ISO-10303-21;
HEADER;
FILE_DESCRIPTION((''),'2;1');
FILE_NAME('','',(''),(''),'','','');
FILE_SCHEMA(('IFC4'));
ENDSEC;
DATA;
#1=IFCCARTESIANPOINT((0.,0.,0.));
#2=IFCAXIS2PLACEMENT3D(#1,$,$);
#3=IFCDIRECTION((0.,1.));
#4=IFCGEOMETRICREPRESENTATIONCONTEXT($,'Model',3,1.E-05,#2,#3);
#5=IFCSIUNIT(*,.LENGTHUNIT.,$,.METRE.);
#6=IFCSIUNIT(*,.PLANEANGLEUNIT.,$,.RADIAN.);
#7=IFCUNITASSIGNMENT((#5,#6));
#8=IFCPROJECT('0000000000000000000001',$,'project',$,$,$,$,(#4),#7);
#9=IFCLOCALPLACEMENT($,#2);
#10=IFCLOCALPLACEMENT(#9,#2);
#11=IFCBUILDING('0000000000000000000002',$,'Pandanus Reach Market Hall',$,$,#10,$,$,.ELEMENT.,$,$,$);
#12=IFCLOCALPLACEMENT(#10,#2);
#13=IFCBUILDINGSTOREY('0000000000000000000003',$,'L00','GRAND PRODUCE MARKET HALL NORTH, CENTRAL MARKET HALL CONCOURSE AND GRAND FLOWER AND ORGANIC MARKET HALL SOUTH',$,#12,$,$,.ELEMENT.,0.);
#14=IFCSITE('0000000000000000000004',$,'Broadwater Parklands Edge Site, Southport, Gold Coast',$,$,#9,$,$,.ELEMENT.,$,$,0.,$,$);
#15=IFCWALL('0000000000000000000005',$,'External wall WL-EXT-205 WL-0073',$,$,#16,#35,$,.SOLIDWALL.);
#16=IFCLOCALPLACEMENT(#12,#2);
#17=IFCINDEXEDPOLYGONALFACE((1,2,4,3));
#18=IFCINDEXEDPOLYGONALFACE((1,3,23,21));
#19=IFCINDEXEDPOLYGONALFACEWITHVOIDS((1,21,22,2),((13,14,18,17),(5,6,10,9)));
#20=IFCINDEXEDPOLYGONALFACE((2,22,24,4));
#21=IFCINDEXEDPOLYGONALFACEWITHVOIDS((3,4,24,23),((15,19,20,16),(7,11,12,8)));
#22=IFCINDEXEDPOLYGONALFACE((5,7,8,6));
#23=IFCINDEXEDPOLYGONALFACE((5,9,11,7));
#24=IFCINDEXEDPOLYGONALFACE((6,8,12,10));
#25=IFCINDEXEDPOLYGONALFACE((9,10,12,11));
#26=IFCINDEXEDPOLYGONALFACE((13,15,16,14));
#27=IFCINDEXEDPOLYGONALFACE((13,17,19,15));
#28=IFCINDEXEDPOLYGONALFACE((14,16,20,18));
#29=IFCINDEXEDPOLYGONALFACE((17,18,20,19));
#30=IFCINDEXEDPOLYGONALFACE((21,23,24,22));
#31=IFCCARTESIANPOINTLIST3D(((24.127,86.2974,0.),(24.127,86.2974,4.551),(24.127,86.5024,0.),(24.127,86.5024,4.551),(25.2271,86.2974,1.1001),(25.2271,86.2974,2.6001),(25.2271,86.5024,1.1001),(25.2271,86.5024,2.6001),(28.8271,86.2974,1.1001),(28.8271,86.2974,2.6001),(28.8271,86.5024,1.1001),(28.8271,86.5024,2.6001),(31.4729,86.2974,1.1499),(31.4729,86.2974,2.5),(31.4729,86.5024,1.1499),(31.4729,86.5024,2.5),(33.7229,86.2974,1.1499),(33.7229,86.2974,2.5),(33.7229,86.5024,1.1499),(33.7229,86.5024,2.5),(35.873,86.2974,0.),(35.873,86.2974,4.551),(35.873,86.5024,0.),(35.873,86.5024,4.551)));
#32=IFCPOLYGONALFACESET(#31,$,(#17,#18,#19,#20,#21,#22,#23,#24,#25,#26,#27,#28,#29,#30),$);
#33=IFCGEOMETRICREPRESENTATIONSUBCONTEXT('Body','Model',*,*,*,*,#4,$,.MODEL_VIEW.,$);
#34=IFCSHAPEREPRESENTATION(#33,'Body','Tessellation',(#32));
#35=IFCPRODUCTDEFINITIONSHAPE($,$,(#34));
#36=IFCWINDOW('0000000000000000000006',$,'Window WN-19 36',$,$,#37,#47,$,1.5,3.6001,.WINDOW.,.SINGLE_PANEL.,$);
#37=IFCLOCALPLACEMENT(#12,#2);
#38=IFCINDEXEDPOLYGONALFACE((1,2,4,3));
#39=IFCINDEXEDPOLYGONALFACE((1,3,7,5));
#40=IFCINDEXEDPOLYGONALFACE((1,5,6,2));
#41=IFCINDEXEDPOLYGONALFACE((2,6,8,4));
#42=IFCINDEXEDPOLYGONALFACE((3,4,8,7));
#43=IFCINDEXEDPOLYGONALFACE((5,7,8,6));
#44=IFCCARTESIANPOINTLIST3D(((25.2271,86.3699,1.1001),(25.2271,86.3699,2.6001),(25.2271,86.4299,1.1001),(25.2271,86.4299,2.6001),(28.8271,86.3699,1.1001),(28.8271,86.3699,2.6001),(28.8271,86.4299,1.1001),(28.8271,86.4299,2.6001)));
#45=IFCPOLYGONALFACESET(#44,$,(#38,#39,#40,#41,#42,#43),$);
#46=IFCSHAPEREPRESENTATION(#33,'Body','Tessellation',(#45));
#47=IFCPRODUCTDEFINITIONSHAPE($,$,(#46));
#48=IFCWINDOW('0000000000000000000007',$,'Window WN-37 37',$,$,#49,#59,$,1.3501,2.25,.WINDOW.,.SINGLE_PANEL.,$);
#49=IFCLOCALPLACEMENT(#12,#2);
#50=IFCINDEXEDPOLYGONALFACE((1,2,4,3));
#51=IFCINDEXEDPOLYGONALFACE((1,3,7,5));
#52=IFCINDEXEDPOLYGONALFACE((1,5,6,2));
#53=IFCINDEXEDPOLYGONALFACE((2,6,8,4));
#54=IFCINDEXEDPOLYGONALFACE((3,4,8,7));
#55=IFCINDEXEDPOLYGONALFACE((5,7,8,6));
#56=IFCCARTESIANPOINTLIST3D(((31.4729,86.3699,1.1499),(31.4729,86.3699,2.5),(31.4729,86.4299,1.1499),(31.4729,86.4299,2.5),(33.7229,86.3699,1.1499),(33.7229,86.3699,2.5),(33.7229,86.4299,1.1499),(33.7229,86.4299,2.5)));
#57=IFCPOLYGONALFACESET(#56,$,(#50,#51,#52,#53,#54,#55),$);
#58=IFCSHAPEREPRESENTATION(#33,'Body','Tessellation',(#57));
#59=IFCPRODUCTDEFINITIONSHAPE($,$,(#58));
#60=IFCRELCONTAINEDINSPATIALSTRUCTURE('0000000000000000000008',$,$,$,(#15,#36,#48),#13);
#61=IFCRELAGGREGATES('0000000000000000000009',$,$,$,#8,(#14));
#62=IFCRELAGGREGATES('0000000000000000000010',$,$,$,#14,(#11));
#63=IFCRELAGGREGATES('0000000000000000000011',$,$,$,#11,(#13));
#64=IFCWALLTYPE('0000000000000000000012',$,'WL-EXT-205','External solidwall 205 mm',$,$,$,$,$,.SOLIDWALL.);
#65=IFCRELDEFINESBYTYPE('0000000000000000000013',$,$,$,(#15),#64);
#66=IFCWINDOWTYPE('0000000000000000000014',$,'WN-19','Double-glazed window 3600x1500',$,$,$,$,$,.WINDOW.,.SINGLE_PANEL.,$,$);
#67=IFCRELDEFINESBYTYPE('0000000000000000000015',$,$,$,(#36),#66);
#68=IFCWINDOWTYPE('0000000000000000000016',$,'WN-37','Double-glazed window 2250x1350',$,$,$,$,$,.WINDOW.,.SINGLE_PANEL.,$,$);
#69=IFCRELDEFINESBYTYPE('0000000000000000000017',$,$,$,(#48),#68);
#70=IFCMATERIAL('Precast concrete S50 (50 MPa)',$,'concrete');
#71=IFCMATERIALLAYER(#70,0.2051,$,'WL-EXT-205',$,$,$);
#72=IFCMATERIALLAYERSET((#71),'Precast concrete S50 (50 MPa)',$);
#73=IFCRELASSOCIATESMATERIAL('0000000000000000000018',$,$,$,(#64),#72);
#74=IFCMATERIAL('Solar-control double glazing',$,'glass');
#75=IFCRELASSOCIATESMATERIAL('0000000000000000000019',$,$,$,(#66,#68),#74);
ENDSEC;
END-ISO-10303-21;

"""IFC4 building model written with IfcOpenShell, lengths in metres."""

from ifc_helpers import new_model, si_unit, direction, frame, frame_2d, origin, place, context, subcontext, project, spatial, rectangle, extrude, material, layer, layer_set, type_object, element, fill, save


model = new_model("IFC4")

# Units and contexts
model_context = context("Model", 3, precision=1e-05, world=origin(), true_north=direction((0.0, 1.0)))
body_context = subcontext(model_context, "Body", "Model", "MODEL_VIEW")
ifc_project = project(units=[si_unit("LENGTHUNIT", "METRE"), si_unit("PLANEANGLEUNIT", "RADIAN")], contexts=[model_context])

# Site, building, storey
site_placement = place(None, origin())
site = spatial("IfcSite", under=ifc_project, at=site_placement, Name="Broadwater Parklands Edge Site, Southport, Gold Coast", CompositionType="ELEMENT", RefElevation=0.0)
building_placement = place(site_placement, origin())
building = spatial("IfcBuilding", under=site, at=building_placement, Name="Pandanus Reach Market Hall", CompositionType="ELEMENT")
storey_placement = place(building_placement, origin())
storey = spatial("IfcBuildingStorey", under=building, at=storey_placement, Name="L00", Description="GRAND PRODUCE MARKET HALL NORTH, CENTRAL MARKET HALL CONCOURSE AND GRAND FLOWER AND ORGANIC MARKET HALL SOUTH", CompositionType="ELEMENT", Elevation=0.0)

# Shared definitions
ifc_material_1 = material(Name="Solar-control double glazing", Category="glass")

# Wall, openings, windows
ifc_material_2 = material(Name="Precast concrete S50 (50 MPa)", Category="concrete")
ifc_layer_1 = layer(ifc_material_2, 0.2051, Name="WL-EXT-205")
ifc_layer_set_1 = layer_set([ifc_layer_1], Name="Precast concrete S50 (50 MPa)")
wall_type = type_object("IfcWallType", Name="WL-EXT-205", Description="External solidwall 205 mm", PredefinedType="SOLIDWALL", material=ifc_layer_set_1)
wall_placement = place(storey_placement, frame((24.127, 86.3999, 0.0), z_axis=(0.0, 0.0, 1.0), x_axis=(1.0, 0.0, 0.0)))
wall = element("IfcWall", 1, at=wall_placement, inside=storey, type_object=wall_type, Name="External wall WL-EXT-205 WL-0073", PredefinedType="SOLIDWALL", context=body_context, shape_type="SweptSolid", body=[
    extrude(rectangle(XDim=11.7461, YDim=0.2051, at=frame_2d((5.873, 0.0))), origin(), (0.0, 0.0, 1.0), 4.551),
])
opening_1_placement = place(wall_placement, frame((1.1001, 0.0, 1.1001)))
opening_1 = element("IfcOpeningElement", 2, at=opening_1_placement, cuts=wall, PredefinedType="OPENING", context=body_context, shape_type="SweptSolid", body=[
    extrude(rectangle(XDim=3.6001, YDim=1.5, at=frame_2d((1.8, 0.75))), frame((0.0, 0.1174, 0.0), z_axis=(0.0, -1.0, 0.0), x_axis=(1.0, 0.0, 0.0)), (0.0, 0.0, 1.0), 0.2351),
])
opening_2_placement = place(wall_placement, frame((7.3459, 0.0, 1.1499)))
opening_2 = element("IfcOpeningElement", 3, at=opening_2_placement, cuts=wall, PredefinedType="OPENING", context=body_context, shape_type="SweptSolid", body=[
    extrude(rectangle(XDim=2.25, YDim=1.3501, at=frame_2d((1.125, 0.675))), frame((0.0, 0.1174, 0.0), z_axis=(0.0, -1.0, 0.0), x_axis=(1.0, 0.0, 0.0)), (0.0, 0.0, 1.0), 0.2351),
])
window_type_1 = type_object("IfcWindowType", Name="WN-19", Description="Double-glazed window 3600x1500", PartitioningType="SINGLE_PANEL", PredefinedType="WINDOW", material=ifc_material_1)
window_1_placement = place(opening_1_placement, origin())
window_1 = element("IfcWindow", 4, at=window_1_placement, inside=storey, type_object=window_type_1, Name="Window WN-19 36", OverallHeight=1.5, OverallWidth=3.6001, PartitioningType="SINGLE_PANEL", PredefinedType="WINDOW", context=body_context, shape_type="SweptSolid", body=[
    extrude(rectangle(XDim=3.6001, YDim=1.5, at=frame_2d((1.8, 0.75))), frame((0.0, 0.03, 0.0), z_axis=(0.0, -1.0, 0.0), x_axis=(1.0, 0.0, 0.0)), (0.0, 0.0, 1.0), 0.0601),
])
fill(opening_1, window_1)
window_type_2 = type_object("IfcWindowType", Name="WN-37", Description="Double-glazed window 2250x1350", PartitioningType="SINGLE_PANEL", PredefinedType="WINDOW", material=ifc_material_1)
window_2_placement = place(opening_2_placement, origin())
window_2 = element("IfcWindow", 5, at=window_2_placement, inside=storey, type_object=window_type_2, Name="Window WN-37 37", OverallHeight=1.3501, OverallWidth=2.25, PartitioningType="SINGLE_PANEL", PredefinedType="WINDOW", context=body_context, shape_type="SweptSolid", body=[
    extrude(rectangle(XDim=2.25, YDim=1.3501, at=frame_2d((1.125, 0.675))), frame((0.0, 0.03, 0.0), z_axis=(0.0, -1.0, 0.0), x_axis=(1.0, 0.0, 0.0)), (0.0, 0.0, 1.0), 0.0601),
])
fill(opening_2, window_2)

save(model, "model.ifc")
